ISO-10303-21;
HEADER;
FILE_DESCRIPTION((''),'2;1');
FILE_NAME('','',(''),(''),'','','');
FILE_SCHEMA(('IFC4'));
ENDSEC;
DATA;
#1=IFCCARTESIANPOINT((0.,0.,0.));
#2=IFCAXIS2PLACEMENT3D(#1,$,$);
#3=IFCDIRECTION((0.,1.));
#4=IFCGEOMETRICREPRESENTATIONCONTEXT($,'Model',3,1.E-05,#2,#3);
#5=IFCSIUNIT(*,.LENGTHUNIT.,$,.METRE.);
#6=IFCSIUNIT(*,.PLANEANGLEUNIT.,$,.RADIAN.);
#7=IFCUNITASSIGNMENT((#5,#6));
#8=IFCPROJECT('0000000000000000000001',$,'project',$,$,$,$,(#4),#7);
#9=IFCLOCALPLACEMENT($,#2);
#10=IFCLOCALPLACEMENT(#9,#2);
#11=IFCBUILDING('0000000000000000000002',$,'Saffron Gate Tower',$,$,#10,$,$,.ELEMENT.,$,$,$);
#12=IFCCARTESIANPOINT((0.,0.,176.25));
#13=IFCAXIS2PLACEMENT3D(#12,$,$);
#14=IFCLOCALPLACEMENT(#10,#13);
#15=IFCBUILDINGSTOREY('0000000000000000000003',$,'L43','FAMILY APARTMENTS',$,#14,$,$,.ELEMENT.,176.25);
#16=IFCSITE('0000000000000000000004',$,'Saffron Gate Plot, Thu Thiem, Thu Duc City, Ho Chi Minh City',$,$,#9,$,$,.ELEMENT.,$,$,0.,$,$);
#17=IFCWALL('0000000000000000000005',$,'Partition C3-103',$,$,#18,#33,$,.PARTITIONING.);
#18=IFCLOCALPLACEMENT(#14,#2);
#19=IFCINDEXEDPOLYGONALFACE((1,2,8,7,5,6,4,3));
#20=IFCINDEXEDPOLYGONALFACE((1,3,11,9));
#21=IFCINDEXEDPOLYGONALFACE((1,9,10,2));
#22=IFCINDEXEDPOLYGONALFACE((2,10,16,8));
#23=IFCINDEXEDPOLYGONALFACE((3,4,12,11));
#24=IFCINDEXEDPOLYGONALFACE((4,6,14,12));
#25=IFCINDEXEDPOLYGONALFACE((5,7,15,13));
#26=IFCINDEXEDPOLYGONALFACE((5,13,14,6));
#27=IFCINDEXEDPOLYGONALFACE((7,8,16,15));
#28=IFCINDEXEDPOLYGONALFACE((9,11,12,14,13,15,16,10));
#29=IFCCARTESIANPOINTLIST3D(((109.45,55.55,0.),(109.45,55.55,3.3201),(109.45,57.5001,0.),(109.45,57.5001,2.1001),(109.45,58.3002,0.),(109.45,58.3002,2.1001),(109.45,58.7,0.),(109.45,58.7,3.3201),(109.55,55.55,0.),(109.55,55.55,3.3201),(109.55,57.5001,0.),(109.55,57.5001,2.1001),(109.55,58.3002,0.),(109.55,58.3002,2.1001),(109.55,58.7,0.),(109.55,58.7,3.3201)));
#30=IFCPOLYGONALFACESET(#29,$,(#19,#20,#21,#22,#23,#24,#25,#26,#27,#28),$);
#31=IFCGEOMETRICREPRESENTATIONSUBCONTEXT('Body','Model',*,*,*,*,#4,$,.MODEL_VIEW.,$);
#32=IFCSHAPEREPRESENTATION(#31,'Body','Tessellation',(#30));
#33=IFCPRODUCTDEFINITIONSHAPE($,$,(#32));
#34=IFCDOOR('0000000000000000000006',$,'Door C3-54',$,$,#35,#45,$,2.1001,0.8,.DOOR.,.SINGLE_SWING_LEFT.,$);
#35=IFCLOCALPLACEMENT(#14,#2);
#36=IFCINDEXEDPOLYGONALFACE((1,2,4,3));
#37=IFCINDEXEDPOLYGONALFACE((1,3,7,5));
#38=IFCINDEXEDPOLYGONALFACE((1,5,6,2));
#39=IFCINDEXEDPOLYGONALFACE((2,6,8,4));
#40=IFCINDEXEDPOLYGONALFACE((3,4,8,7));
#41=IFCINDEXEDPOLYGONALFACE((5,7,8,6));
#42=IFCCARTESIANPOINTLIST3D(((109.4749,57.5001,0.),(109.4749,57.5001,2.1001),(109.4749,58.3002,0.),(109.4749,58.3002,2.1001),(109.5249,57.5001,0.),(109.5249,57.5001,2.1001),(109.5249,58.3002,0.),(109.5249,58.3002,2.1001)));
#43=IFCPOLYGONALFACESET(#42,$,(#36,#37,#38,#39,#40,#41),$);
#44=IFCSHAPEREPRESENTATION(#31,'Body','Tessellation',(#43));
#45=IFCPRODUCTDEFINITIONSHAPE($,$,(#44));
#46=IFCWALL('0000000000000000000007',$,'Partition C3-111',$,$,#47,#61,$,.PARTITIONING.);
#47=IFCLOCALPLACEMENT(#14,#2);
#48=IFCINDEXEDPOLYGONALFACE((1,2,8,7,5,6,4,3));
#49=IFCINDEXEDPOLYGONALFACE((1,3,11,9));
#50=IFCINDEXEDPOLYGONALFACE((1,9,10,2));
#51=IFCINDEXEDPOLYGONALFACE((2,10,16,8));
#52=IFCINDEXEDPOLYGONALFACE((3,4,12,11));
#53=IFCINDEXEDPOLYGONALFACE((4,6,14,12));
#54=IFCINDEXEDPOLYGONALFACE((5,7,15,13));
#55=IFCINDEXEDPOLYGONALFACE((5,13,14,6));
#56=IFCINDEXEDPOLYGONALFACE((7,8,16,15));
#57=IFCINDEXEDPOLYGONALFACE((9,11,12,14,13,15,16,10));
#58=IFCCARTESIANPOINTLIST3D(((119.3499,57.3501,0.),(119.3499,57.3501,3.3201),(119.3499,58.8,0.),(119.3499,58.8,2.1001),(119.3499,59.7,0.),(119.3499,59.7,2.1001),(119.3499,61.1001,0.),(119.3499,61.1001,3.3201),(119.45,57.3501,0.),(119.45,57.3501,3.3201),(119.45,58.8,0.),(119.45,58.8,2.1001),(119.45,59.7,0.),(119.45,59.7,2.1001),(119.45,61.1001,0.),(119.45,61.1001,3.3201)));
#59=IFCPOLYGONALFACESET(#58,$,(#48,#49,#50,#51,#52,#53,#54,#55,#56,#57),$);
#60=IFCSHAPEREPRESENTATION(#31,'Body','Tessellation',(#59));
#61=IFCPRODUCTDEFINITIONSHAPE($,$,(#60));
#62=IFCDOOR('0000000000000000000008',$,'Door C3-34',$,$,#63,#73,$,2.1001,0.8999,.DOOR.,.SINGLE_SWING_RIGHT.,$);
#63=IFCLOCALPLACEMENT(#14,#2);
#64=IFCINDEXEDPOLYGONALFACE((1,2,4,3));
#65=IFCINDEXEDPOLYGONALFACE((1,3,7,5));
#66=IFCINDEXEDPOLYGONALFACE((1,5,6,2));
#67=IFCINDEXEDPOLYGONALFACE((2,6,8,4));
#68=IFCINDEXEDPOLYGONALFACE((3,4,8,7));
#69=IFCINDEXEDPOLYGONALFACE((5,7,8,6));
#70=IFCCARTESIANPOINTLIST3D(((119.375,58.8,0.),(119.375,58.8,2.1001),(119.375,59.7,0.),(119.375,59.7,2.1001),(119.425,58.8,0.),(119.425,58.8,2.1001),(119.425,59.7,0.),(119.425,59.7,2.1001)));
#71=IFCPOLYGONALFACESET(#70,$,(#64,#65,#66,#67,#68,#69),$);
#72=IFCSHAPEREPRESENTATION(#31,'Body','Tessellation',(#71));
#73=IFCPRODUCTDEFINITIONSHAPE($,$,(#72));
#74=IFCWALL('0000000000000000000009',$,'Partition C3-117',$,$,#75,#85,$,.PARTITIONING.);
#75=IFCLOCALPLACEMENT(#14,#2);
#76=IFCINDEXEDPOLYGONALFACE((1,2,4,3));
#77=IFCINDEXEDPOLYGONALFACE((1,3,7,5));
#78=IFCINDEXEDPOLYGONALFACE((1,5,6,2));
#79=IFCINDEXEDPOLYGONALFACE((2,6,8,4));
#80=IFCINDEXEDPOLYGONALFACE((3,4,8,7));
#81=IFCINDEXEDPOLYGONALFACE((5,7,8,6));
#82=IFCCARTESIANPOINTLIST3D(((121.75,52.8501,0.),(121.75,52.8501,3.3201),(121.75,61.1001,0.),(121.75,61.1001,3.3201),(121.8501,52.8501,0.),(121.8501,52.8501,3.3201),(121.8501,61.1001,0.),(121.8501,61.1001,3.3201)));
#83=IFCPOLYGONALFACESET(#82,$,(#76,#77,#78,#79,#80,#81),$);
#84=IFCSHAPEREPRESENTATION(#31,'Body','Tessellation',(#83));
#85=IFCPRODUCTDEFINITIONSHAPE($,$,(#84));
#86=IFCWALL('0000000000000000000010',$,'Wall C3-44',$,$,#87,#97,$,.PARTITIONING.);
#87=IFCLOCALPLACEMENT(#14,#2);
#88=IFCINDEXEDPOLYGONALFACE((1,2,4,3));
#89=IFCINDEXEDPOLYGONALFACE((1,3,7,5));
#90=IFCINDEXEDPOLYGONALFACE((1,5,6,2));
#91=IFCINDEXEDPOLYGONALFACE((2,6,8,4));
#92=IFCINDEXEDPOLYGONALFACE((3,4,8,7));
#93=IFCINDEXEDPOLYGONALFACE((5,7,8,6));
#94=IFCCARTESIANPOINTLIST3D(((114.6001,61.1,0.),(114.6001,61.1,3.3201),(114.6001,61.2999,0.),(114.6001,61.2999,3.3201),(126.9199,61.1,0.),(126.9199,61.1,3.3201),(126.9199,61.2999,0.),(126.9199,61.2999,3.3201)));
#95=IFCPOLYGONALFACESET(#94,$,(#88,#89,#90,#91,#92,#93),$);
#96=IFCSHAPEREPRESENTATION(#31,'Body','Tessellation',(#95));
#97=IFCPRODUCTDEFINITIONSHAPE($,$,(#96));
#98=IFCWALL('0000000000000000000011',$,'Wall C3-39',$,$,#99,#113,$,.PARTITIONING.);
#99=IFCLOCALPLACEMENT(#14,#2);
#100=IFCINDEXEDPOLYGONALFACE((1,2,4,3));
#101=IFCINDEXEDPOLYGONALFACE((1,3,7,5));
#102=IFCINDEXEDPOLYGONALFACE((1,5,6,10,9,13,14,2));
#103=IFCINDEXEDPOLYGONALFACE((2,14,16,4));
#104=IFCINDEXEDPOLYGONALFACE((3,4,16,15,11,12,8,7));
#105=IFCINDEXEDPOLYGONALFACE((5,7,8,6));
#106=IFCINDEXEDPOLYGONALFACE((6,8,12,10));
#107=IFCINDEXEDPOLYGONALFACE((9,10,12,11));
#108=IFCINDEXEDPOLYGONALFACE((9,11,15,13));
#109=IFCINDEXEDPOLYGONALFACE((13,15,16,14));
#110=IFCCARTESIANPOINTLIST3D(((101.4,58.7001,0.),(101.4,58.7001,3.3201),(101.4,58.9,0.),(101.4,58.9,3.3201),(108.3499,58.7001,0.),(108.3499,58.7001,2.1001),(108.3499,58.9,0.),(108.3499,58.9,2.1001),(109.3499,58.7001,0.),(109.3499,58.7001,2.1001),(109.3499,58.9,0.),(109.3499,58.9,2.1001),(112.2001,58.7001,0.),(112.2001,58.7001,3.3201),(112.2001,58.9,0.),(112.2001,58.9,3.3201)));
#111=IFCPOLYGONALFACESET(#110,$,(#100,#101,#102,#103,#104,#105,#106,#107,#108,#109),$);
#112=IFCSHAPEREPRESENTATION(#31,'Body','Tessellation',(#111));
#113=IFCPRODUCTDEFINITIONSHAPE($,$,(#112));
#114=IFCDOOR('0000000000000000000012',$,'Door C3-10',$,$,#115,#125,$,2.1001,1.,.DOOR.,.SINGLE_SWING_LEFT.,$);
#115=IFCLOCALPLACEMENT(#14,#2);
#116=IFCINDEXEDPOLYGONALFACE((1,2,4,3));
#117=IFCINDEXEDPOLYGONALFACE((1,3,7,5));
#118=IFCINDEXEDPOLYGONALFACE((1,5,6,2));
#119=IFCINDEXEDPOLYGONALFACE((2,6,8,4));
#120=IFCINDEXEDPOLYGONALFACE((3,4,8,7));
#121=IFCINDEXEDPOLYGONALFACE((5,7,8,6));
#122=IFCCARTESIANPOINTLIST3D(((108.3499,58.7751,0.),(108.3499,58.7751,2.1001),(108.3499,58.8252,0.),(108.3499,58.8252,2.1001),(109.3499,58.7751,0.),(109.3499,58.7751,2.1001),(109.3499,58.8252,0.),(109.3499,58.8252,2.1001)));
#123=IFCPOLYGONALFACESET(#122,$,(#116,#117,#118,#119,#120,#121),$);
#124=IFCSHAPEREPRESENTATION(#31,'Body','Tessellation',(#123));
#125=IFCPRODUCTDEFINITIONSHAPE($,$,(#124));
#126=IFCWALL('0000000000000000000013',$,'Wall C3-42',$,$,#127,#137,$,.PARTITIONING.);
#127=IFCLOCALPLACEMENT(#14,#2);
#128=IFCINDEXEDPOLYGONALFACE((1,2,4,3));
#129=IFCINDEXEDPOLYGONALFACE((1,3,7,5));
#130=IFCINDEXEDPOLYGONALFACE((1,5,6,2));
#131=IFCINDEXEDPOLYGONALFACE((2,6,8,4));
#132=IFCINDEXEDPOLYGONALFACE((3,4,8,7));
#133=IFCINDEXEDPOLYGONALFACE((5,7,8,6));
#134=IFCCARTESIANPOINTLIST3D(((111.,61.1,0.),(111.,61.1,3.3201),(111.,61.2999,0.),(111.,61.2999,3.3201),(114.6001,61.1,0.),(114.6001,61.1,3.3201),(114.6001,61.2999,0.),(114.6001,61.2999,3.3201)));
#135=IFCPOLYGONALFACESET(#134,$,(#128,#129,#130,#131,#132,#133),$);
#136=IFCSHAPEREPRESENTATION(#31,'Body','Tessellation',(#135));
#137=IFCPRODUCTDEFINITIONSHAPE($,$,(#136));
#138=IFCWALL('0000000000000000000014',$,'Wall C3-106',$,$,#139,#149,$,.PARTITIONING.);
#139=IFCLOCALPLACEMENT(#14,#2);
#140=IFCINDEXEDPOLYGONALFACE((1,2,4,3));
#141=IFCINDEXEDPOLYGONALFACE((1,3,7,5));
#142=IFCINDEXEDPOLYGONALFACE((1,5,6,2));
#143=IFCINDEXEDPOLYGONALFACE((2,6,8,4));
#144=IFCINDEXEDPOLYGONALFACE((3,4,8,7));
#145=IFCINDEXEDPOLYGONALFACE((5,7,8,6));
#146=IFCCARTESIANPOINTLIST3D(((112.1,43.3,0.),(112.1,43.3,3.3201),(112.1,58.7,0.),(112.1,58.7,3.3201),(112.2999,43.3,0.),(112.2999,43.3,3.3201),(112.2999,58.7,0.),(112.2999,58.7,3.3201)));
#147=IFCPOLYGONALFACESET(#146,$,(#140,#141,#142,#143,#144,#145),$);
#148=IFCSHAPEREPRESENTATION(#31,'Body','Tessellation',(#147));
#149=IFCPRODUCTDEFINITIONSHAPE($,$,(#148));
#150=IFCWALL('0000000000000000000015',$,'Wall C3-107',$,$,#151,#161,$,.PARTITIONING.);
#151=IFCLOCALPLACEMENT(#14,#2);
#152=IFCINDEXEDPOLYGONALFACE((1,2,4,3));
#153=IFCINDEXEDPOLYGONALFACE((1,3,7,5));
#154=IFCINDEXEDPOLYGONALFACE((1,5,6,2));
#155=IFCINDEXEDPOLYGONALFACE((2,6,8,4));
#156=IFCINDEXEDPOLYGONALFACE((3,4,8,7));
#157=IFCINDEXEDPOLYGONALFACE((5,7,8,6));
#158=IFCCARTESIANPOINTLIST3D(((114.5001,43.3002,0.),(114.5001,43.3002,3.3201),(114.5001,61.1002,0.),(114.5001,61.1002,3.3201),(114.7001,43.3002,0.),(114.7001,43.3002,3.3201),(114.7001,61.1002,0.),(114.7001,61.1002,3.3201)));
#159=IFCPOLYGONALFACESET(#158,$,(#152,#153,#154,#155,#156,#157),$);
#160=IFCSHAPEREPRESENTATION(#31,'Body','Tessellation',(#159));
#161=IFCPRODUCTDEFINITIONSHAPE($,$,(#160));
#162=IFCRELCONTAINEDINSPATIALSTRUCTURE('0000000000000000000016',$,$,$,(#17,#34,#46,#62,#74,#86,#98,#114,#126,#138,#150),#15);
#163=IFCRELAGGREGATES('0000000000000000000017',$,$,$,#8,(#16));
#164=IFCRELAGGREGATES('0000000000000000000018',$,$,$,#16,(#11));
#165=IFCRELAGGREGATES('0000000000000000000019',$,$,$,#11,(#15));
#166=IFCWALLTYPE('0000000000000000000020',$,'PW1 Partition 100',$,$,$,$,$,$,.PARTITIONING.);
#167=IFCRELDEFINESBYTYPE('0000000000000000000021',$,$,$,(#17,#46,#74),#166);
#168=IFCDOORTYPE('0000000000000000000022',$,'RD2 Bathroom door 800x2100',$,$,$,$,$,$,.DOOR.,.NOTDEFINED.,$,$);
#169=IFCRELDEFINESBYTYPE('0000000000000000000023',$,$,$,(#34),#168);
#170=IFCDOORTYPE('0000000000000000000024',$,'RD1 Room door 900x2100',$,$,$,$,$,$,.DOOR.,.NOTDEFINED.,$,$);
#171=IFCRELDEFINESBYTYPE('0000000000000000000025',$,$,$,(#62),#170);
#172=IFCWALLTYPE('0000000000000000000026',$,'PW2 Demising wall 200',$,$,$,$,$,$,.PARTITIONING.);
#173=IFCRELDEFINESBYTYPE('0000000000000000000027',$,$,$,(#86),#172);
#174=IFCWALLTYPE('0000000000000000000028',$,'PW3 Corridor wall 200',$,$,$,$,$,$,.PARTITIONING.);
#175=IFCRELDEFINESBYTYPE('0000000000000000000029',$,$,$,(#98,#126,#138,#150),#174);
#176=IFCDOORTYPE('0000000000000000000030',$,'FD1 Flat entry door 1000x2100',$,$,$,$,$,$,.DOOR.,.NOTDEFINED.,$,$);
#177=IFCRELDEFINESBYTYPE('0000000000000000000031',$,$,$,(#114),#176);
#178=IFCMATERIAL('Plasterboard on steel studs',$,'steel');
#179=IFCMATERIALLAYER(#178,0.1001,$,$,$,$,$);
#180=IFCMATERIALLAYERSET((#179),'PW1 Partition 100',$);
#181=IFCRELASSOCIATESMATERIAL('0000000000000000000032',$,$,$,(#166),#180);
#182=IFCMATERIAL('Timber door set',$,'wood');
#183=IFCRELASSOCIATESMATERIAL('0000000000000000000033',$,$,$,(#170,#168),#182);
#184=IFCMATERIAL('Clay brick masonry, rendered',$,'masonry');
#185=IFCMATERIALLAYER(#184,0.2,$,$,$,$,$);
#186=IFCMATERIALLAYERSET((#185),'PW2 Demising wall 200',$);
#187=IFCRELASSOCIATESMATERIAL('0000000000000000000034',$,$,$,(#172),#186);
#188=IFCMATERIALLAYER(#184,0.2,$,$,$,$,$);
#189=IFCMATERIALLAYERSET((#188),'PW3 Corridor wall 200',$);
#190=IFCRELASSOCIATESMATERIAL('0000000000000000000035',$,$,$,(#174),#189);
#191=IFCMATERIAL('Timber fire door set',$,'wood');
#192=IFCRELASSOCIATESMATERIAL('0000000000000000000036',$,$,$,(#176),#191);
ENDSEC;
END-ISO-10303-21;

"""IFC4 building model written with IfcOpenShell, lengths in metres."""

from ifc_helpers import new_model, si_unit, direction, frame, frame_2d, origin, place, context, subcontext, project, spatial, rectangle, extrude, material, layer, layer_set, type_object, element, fill, save


model = new_model("IFC4")

# Units and contexts
model_context = context("Model", 3, precision=1e-05, world=origin(), true_north=direction((0.0, 1.0)))
body_context = subcontext(model_context, "Body", "Model", "MODEL_VIEW")
ifc_project = project(units=[si_unit("LENGTHUNIT", "METRE"), si_unit("PLANEANGLEUNIT", "RADIAN")], contexts=[model_context])

# Site, building, storey
site_placement = place(None, origin())
site = spatial("IfcSite", under=ifc_project, at=site_placement, Name="Saffron Gate Plot, Thu Thiem, Thu Duc City, Ho Chi Minh City", CompositionType="ELEMENT", RefElevation=0.0)
building_placement = place(site_placement, origin())
building = spatial("IfcBuilding", under=site, at=building_placement, Name="Saffron Gate Tower", CompositionType="ELEMENT")
storey_placement = place(building_placement, frame((0.0, 0.0, 176.25)))
storey = spatial("IfcBuildingStorey", under=building, at=storey_placement, Name="L43", Description="FAMILY APARTMENTS", CompositionType="ELEMENT", Elevation=176.25)

# Shared definitions
ifc_material_1 = material(Name="Plasterboard on steel studs", Category="steel")
ifc_layer_1 = layer(ifc_material_1, 0.1001)
ifc_layer_set_1 = layer_set([ifc_layer_1], Name="PW1 Partition 100")
wall_type_1 = type_object("IfcWallType", Name="PW1 Partition 100", PredefinedType="PARTITIONING", material=ifc_layer_set_1)
ifc_material_2 = material(Name="Timber door set", Category="wood")
door_type_1 = type_object("IfcDoorType", Name="RD1 Room door 900x2100", OperationType="NOTDEFINED", PredefinedType="DOOR", material=ifc_material_2)

# Walls, openings, doors
wall_1_placement = place(storey_placement, frame((109.5, 58.7, 0.0), z_axis=(0.0, 0.0, 1.0), x_axis=(0.0, -1.0, 0.0)))
wall_1 = element("IfcWall", 1, at=wall_1_placement, inside=storey, type_object=wall_type_1, Name="Partition C3-103", PredefinedType="PARTITIONING", context=body_context, shape_type="SweptSolid", body=[
    extrude(rectangle(XDim=3.1499, YDim=0.1001, at=frame_2d((1.575, 0.0))), origin(), (0.0, 0.0, 1.0), 3.3201),
])
opening_1_placement = place(wall_1_placement, frame((0.3999, 0.0, 0.0)))
opening_1 = element("IfcOpeningElement", 2, at=opening_1_placement, cuts=wall_1, PredefinedType="OPENING", context=body_context, shape_type="SweptSolid", body=[
    extrude(rectangle(XDim=0.8, YDim=2.1001, at=frame_2d((0.3999, 1.05))), frame((0.0, 0.0601, 0.0), z_axis=(0.0, -1.0, 0.0), x_axis=(1.0, 0.0, 0.0)), (0.0, 0.0, 1.0), 0.1201),
])
door_type_2 = type_object("IfcDoorType", Name="RD2 Bathroom door 800x2100", OperationType="NOTDEFINED", PredefinedType="DOOR", material=ifc_material_2)
door_1_placement = place(opening_1_placement, origin())
door_1 = element("IfcDoor", 3, at=door_1_placement, inside=storey, type_object=door_type_2, Name="Door C3-54", OperationType="SINGLE_SWING_LEFT", OverallHeight=2.1001, OverallWidth=0.8, PredefinedType="DOOR", context=body_context, shape_type="SweptSolid", body=[
    extrude(rectangle(XDim=0.8, YDim=2.1001, at=frame_2d((0.3999, 1.05))), frame((0.0, 0.0249, 0.0), z_axis=(0.0, -1.0, 0.0), x_axis=(1.0, 0.0, 0.0)), (0.0, 0.0, 1.0), 0.05),
])
fill(opening_1, door_1)
wall_2_placement = place(storey_placement, frame((119.3999, 57.3501, 0.0), z_axis=(0.0, 0.0, 1.0), x_axis=(0.0, 1.0, 0.0)))
wall_2 = element("IfcWall", 4, at=wall_2_placement, inside=storey, type_object=wall_type_1, Name="Partition C3-111", PredefinedType="PARTITIONING", context=body_context, shape_type="SweptSolid", body=[
    extrude(rectangle(XDim=3.75, YDim=0.1001, at=frame_2d((1.875, 0.0))), origin(), (0.0, 0.0, 1.0), 3.3201),
])
opening_2_placement = place(wall_2_placement, frame((1.45, 0.0, 0.0)))
opening_2 = element("IfcOpeningElement", 5, at=opening_2_placement, cuts=wall_2, PredefinedType="OPENING", context=body_context, shape_type="SweptSolid", body=[
    extrude(rectangle(XDim=0.8999, YDim=2.1001, at=frame_2d((0.45, 1.05))), frame((0.0, 0.0601, 0.0), z_axis=(0.0, -1.0, 0.0), x_axis=(1.0, 0.0, 0.0)), (0.0, 0.0, 1.0), 0.1201),
])
door_2_placement = place(opening_2_placement, origin())
door_2 = element("IfcDoor", 6, at=door_2_placement, inside=storey, type_object=door_type_1, Name="Door C3-34", OperationType="SINGLE_SWING_RIGHT", OverallHeight=2.1001, OverallWidth=0.8999, PredefinedType="DOOR", context=body_context, shape_type="SweptSolid", body=[
    extrude(rectangle(XDim=0.8999, YDim=2.1001, at=frame_2d((0.45, 1.05))), frame((0.0, 0.0249, 0.0), z_axis=(0.0, -1.0, 0.0), x_axis=(1.0, 0.0, 0.0)), (0.0, 0.0, 1.0), 0.05),
])
fill(opening_2, door_2)

# Walls
wall_3_placement = place(storey_placement, frame((121.8, 61.1001, 0.0), z_axis=(0.0, 0.0, 1.0), x_axis=(0.0, -1.0, 0.0)))
element("IfcWall", 7, at=wall_3_placement, inside=storey, type_object=wall_type_1, Name="Partition C3-117", PredefinedType="PARTITIONING", context=body_context, shape_type="SweptSolid", body=[
    extrude(rectangle(XDim=8.25, YDim=0.1001, at=frame_2d((4.125, 0.0))), origin(), (0.0, 0.0, 1.0), 3.3201),
])
ifc_material_3 = material(Name="Clay brick masonry, rendered", Category="masonry")
ifc_layer_2 = layer(ifc_material_3, 0.2)
ifc_layer_set_2 = layer_set([ifc_layer_2], Name="PW2 Demising wall 200")
wall_type_2 = type_object("IfcWallType", Name="PW2 Demising wall 200", PredefinedType="PARTITIONING", material=ifc_layer_set_2)
wall_4_placement = place(storey_placement, frame((114.6001, 61.2, 0.0), z_axis=(0.0, 0.0, 1.0), x_axis=(1.0, 0.0, 0.0)))
element("IfcWall", 8, at=wall_4_placement, inside=storey, type_object=wall_type_2, Name="Wall C3-44", PredefinedType="PARTITIONING", context=body_context, shape_type="SweptSolid", body=[
    extrude(rectangle(XDim=12.3198, YDim=0.2, at=frame_2d((6.1599, 0.0))), origin(), (0.0, 0.0, 1.0), 3.3201),
])

# Wall, opening, door
ifc_layer_3 = layer(ifc_material_3, 0.2)
ifc_layer_set_3 = layer_set([ifc_layer_3], Name="PW3 Corridor wall 200")
wall_type_3 = type_object("IfcWallType", Name="PW3 Corridor wall 200", PredefinedType="PARTITIONING", material=ifc_layer_set_3)
wall_5_placement = place(storey_placement, frame((112.2, 58.8, 0.0), z_axis=(0.0, 0.0, 1.0), x_axis=(-1.0, 0.0, 0.0)))
wall_5 = element("IfcWall", 9, at=wall_5_placement, inside=storey, type_object=wall_type_3, Name="Wall C3-39", PredefinedType="PARTITIONING", context=body_context, shape_type="SweptSolid", body=[
    extrude(rectangle(XDim=10.8, YDim=0.2, at=frame_2d((5.3999, 0.0))), origin(), (0.0, 0.0, 1.0), 3.3201),
])
opening_3_placement = place(wall_5_placement, frame((2.8501, 0.0, 0.0)))
opening_3 = element("IfcOpeningElement", 10, at=opening_3_placement, cuts=wall_5, PredefinedType="OPENING", context=body_context, shape_type="SweptSolid", body=[
    extrude(rectangle(XDim=1.0, YDim=2.1001, at=frame_2d((0.5, 1.05))), frame((0.0, 0.1099, 0.0), z_axis=(0.0, -1.0, 0.0), x_axis=(1.0, 0.0, 0.0)), (0.0, 0.0, 1.0), 0.22),
])
ifc_material_4 = material(Name="Timber fire door set", Category="wood")
door_type_3 = type_object("IfcDoorType", Name="FD1 Flat entry door 1000x2100", OperationType="NOTDEFINED", PredefinedType="DOOR", material=ifc_material_4)
door_3_placement = place(opening_3_placement, origin())
door_3 = element("IfcDoor", 11, at=door_3_placement, inside=storey, type_object=door_type_3, Name="Door C3-10", OperationType="SINGLE_SWING_LEFT", OverallHeight=2.1001, OverallWidth=1.0, PredefinedType="DOOR", context=body_context, shape_type="SweptSolid", body=[
    extrude(rectangle(XDim=1.0, YDim=2.1001, at=frame_2d((0.5, 1.05))), frame((0.0, 0.0249, 0.0), z_axis=(0.0, -1.0, 0.0), x_axis=(1.0, 0.0, 0.0)), (0.0, 0.0, 1.0), 0.05),
])
fill(opening_3, door_3)

# Walls
wall_6_placement = place(storey_placement, frame((111.0, 61.2, 0.0), z_axis=(0.0, 0.0, 1.0), x_axis=(1.0, 0.0, 0.0)))
element("IfcWall", 12, at=wall_6_placement, inside=storey, type_object=wall_type_3, Name="Wall C3-42", PredefinedType="PARTITIONING", context=body_context, shape_type="SweptSolid", body=[
    extrude(rectangle(XDim=3.6001, YDim=0.2, at=frame_2d((1.8, 0.0))), origin(), (0.0, 0.0, 1.0), 3.3201),
])
wall_7_placement = place(storey_placement, frame((112.2, 58.7, 0.0), z_axis=(0.0, 0.0, 1.0), x_axis=(0.0, -1.0, 0.0)))
element("IfcWall", 13, at=wall_7_placement, inside=storey, type_object=wall_type_3, Name="Wall C3-106", PredefinedType="PARTITIONING", context=body_context, shape_type="SweptSolid", body=[
    extrude(rectangle(XDim=15.3999, YDim=0.2, at=frame_2d((7.7, 0.0))), origin(), (0.0, 0.0, 1.0), 3.3201),
])
wall_8_placement = place(storey_placement, frame((114.6001, 61.1001, 0.0), z_axis=(0.0, 0.0, 1.0), x_axis=(0.0, -1.0, 0.0)))
element("IfcWall", 14, at=wall_8_placement, inside=storey, type_object=wall_type_3, Name="Wall C3-107", PredefinedType="PARTITIONING", context=body_context, shape_type="SweptSolid", body=[
    extrude(rectangle(XDim=17.8, YDim=0.2, at=frame_2d((8.8999, 0.0))), origin(), (0.0, 0.0, 1.0), 3.3201),
])

save(model, "model.ifc")
